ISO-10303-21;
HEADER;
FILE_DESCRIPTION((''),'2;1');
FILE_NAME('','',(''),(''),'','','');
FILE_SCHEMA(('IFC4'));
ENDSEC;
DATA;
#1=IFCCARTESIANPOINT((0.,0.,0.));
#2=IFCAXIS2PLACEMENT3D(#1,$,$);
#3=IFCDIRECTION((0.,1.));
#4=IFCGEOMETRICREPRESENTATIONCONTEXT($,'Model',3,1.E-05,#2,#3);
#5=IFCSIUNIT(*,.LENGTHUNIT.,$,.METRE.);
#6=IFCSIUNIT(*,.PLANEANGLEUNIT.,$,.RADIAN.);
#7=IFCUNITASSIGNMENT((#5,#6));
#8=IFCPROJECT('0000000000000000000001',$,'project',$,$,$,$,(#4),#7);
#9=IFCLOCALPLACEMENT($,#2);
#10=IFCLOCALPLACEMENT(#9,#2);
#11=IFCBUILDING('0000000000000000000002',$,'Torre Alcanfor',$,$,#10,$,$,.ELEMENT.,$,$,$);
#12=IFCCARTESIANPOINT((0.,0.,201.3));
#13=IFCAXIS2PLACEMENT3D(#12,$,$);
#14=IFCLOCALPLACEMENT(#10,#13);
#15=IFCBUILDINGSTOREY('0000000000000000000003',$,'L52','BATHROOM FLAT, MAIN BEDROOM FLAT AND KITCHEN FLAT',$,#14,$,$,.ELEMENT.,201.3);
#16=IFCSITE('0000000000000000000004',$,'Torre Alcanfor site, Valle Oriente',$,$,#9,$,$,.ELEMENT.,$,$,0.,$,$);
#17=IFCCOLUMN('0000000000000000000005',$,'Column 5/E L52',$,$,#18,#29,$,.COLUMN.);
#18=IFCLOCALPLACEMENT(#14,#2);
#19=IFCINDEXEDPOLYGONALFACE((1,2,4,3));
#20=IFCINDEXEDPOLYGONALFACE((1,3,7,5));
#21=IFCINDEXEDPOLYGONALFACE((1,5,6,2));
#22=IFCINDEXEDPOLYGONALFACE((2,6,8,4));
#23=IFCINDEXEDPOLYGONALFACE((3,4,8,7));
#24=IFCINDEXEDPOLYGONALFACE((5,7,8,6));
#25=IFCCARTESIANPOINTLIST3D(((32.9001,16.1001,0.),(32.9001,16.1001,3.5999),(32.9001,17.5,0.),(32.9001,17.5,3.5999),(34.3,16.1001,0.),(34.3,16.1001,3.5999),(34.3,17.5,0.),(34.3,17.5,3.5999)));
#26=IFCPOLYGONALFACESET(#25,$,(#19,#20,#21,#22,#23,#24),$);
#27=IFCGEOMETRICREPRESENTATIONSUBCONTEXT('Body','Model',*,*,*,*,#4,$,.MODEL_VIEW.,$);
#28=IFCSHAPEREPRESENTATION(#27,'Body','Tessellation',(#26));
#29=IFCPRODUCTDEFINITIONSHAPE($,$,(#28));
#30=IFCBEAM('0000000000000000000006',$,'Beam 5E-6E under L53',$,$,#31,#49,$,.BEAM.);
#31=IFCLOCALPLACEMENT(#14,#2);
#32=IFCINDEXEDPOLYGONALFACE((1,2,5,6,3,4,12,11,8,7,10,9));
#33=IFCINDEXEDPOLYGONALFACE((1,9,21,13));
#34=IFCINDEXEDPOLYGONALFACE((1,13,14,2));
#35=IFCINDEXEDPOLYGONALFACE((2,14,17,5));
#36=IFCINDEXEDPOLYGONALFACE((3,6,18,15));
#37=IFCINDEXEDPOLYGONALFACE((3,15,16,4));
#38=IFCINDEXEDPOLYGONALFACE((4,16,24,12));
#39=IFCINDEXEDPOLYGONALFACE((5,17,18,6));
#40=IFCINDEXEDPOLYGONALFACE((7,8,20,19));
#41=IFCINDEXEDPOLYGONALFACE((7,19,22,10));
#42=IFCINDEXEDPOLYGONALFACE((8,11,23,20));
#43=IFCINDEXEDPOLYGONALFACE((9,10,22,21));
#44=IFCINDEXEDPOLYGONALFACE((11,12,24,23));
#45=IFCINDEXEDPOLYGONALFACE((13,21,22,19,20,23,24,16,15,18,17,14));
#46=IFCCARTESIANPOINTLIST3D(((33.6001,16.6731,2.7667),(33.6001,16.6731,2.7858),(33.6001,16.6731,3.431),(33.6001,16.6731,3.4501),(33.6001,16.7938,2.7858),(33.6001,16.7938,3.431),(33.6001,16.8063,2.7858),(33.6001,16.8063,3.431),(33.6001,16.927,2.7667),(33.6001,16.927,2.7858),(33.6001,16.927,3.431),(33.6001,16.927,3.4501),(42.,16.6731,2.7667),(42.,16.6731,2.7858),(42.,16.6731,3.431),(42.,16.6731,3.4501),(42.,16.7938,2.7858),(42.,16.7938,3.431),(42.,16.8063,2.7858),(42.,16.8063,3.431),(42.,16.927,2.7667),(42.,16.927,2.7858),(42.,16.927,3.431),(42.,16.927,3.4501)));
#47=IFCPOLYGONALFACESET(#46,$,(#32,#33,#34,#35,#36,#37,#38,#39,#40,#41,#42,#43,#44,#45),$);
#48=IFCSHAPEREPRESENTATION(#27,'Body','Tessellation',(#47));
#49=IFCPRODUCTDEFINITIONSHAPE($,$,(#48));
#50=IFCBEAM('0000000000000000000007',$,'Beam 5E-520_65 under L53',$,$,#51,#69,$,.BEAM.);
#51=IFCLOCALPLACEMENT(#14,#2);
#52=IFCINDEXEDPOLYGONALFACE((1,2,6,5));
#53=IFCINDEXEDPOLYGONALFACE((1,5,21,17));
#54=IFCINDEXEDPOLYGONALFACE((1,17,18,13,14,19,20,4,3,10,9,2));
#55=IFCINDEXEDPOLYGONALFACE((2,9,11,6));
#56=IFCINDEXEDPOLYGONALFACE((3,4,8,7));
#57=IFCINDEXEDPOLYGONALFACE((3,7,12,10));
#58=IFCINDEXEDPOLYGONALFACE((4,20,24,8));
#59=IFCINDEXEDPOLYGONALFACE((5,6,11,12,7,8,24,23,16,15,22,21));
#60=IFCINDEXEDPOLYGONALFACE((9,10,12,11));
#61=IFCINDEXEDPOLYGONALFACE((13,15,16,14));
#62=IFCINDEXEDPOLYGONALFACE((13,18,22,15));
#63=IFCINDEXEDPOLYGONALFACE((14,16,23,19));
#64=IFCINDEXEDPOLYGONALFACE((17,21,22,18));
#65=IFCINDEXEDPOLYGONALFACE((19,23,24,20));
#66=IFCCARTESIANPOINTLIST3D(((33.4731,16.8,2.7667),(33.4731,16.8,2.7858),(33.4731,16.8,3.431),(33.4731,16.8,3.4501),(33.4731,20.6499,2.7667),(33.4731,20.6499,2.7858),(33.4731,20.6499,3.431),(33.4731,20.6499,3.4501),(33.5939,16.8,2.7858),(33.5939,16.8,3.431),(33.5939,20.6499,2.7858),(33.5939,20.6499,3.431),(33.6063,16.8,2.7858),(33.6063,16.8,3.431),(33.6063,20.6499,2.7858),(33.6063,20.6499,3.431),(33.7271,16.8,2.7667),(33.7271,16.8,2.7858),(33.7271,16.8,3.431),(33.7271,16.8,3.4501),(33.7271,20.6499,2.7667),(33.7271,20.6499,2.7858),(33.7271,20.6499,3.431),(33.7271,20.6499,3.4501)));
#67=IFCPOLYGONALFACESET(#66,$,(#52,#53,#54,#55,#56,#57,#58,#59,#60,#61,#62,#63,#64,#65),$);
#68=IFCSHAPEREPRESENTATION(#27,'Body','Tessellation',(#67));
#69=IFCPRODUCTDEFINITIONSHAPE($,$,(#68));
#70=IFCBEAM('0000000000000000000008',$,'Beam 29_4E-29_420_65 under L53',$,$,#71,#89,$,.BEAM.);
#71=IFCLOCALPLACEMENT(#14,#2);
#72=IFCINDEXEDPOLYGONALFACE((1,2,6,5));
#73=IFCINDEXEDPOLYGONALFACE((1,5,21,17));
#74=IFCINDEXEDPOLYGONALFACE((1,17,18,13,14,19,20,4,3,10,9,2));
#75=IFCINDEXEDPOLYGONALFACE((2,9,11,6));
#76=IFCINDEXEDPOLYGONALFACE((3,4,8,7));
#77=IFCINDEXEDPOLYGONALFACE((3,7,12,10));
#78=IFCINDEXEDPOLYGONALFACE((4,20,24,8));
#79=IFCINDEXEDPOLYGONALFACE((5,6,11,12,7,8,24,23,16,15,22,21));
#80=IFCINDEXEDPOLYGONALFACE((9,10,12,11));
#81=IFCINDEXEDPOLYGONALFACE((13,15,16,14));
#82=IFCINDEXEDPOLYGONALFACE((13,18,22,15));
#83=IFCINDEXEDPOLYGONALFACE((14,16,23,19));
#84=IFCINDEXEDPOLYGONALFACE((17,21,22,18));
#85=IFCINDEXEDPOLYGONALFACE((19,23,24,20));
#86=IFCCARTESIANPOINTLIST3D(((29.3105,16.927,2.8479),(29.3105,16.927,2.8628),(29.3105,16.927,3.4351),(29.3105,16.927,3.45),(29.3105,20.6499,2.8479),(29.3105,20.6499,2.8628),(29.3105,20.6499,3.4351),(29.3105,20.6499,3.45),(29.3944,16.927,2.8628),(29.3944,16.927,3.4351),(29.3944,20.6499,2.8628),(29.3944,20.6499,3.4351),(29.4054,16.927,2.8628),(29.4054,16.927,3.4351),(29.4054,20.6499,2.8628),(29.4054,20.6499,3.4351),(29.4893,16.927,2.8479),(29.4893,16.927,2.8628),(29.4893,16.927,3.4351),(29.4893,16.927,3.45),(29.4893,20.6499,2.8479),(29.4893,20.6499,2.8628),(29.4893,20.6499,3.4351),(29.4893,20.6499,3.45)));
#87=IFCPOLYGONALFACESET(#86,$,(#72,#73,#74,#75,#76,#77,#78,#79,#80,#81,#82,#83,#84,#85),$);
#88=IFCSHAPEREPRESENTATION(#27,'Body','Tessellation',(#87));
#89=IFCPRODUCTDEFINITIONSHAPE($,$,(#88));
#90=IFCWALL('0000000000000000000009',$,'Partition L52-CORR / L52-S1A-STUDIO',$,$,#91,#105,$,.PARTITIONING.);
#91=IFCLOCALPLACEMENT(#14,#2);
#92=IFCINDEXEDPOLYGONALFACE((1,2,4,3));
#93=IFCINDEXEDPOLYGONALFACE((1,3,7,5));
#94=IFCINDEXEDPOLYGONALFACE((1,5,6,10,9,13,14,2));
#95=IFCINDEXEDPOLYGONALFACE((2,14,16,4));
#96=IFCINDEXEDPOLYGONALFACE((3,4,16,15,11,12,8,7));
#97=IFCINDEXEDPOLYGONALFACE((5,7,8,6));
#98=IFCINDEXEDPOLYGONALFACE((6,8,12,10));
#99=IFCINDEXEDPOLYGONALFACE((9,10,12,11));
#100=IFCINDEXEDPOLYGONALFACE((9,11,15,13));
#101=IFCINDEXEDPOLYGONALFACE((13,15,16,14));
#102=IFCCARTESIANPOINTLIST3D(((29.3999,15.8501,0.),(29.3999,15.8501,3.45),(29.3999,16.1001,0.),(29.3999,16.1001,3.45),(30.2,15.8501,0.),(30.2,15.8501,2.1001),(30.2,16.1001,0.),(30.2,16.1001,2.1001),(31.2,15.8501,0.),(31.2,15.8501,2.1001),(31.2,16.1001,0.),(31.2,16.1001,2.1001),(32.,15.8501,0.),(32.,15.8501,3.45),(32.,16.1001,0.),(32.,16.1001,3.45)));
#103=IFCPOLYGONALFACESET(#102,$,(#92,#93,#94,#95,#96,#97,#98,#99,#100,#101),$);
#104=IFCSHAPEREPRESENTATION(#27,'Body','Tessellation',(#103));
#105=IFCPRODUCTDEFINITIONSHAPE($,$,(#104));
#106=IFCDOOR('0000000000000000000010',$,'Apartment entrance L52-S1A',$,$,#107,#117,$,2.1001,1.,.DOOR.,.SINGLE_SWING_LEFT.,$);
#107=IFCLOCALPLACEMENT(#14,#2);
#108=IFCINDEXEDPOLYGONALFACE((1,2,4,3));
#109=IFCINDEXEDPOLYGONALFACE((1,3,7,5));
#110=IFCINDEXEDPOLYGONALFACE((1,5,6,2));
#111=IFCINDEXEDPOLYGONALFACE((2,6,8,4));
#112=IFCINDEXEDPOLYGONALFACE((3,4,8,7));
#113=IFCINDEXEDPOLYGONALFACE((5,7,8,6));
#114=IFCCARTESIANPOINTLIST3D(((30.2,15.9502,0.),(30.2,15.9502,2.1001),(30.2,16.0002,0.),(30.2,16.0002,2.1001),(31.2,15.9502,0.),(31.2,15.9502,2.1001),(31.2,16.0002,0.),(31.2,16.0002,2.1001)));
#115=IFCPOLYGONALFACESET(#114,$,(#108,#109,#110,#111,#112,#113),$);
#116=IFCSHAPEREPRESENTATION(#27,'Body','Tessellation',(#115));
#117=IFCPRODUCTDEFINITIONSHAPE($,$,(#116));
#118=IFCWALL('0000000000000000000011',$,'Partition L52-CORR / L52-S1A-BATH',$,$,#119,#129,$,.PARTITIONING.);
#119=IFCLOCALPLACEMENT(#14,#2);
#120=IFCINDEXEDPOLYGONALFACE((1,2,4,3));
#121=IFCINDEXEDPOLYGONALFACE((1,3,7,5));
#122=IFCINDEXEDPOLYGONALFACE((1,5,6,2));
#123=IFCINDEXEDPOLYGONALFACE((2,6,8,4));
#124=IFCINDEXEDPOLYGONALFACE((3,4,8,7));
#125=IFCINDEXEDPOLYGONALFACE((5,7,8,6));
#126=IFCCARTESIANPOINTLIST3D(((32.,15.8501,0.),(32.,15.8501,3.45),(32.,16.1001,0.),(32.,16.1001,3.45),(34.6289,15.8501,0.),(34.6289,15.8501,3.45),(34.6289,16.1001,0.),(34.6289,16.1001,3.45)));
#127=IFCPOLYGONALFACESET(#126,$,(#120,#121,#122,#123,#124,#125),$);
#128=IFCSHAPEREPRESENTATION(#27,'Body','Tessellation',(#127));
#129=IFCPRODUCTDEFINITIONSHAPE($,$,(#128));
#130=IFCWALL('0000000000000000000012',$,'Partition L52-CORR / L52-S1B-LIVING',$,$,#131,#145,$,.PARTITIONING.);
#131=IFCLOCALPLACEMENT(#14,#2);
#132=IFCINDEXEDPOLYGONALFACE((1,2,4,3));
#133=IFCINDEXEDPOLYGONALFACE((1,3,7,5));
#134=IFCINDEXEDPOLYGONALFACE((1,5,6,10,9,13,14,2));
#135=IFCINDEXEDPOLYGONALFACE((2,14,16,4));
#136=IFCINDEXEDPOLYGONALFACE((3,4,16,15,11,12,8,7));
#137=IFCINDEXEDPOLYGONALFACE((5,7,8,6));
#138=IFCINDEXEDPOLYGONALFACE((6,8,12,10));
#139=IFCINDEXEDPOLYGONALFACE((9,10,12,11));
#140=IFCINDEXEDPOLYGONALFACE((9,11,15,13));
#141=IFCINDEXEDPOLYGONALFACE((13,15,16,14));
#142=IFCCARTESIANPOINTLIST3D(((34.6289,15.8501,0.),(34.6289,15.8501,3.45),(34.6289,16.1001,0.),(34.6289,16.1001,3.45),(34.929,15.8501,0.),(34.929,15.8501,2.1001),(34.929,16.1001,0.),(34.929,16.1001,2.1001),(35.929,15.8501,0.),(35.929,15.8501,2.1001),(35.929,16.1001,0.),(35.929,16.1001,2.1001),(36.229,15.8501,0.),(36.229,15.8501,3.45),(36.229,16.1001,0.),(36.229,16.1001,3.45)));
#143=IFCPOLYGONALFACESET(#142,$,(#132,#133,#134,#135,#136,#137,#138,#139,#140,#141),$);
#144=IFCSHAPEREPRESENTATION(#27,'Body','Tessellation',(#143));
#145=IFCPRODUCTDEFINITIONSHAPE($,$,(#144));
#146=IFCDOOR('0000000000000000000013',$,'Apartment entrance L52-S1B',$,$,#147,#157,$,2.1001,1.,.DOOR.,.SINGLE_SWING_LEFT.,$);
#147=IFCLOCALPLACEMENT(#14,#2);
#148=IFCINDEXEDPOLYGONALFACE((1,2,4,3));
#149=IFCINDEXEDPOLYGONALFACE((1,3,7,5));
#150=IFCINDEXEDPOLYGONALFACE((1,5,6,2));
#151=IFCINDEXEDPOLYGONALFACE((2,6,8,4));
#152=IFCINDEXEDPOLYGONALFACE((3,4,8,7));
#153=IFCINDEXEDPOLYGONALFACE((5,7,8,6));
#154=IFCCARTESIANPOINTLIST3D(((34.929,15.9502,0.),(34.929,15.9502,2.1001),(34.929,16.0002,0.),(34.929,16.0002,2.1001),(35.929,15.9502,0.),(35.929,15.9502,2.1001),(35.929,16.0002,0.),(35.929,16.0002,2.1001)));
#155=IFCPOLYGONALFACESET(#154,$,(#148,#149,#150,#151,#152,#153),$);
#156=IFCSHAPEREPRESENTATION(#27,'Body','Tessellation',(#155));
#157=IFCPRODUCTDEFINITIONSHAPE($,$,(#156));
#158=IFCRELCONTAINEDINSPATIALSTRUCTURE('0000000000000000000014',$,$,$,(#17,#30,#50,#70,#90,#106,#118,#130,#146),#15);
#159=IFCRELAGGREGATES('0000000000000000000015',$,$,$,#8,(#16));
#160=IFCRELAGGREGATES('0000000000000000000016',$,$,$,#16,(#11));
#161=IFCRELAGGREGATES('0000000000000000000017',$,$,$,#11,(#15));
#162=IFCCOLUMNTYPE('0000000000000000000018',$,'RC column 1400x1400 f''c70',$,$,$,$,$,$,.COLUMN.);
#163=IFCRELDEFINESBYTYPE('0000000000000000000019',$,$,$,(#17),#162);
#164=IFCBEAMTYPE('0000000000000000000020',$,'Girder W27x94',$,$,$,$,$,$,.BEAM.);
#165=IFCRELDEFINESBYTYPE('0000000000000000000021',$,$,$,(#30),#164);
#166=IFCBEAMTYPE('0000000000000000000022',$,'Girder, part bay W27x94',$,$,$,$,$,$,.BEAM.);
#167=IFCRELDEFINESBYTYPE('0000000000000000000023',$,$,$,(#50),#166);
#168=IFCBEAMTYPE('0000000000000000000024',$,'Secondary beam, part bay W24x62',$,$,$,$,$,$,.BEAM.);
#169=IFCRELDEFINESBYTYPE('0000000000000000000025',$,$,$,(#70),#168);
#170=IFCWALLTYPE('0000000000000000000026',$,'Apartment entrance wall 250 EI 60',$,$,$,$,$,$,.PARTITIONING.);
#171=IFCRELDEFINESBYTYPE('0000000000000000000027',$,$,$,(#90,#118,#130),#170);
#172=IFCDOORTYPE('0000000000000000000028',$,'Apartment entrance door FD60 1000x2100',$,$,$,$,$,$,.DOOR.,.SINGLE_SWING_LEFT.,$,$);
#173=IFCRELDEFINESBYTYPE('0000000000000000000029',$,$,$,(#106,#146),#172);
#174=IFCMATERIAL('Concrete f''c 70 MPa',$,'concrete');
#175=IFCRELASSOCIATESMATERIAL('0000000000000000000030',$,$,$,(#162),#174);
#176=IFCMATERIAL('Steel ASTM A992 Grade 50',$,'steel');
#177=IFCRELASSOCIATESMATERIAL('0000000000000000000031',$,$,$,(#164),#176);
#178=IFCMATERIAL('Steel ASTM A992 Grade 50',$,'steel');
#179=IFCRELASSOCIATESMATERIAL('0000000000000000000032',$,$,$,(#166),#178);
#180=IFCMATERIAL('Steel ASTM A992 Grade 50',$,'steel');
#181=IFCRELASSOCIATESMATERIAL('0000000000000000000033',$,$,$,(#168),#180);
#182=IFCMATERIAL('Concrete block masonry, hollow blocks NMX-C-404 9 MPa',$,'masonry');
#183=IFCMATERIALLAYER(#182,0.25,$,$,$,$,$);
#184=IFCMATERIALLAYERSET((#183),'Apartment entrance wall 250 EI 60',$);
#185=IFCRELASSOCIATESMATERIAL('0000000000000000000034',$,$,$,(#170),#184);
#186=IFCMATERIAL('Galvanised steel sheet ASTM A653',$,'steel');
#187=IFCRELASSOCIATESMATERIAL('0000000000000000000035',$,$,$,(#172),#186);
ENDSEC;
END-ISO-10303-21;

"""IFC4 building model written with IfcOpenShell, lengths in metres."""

from ifc_helpers import new_model, si_unit, direction, frame, frame_2d, origin, origin_2d, place, context, subcontext, project, spatial, rectangle, i_section, extrude, material, layer, layer_set, material_profile, profile_set, type_object, element, fill, save


model = new_model("IFC4")

# Units and contexts
model_context = context("Model", 3, precision=1e-05, world=origin(), true_north=direction((0.0, 1.0)))
body_context = subcontext(model_context, "Body", "Model", "MODEL_VIEW")
ifc_project = project(units=[si_unit("LENGTHUNIT", "METRE"), si_unit("PLANEANGLEUNIT", "RADIAN")], contexts=[model_context])

# Site, building, storey
site_placement = place(None, origin())
site = spatial("IfcSite", under=ifc_project, at=site_placement, Name="Torre Alcanfor site, Valle Oriente", CompositionType="ELEMENT", RefElevation=0.0)
building_placement = place(site_placement, origin())
building = spatial("IfcBuilding", under=site, at=building_placement, Name="Torre Alcanfor", CompositionType="ELEMENT")
storey_placement = place(building_placement, frame((0.0, 0.0, 201.3)))
storey = spatial("IfcBuildingStorey", under=building, at=storey_placement, Name="L52", Description="BATHROOM FLAT, MAIN BEDROOM FLAT AND KITCHEN FLAT", CompositionType="ELEMENT", Elevation=201.3)

# Column
ifc_material_1 = material(Name="Concrete f'c 70 MPa", Category="concrete")
ifc_material_profile_1 = material_profile(ifc_material_1, rectangle(XDim=1.3999, YDim=1.3999, at=origin_2d()), Name="1400x1400")
ifc_profile_set_1 = profile_set([ifc_material_profile_1], Name="Concrete f'c 70 MPa")
column_type = type_object("IfcColumnType", Name="RC column 1400x1400 f'c70", PredefinedType="COLUMN", material=ifc_profile_set_1)
column_placement = place(storey_placement, frame((33.6001, 16.8, 0.0), z_axis=(0.0, 0.0, 1.0), x_axis=(1.0, 0.0, 0.0)))
element("IfcColumn", 1, at=column_placement, inside=storey, type_object=column_type, Name="Column 5/E L52", PredefinedType="COLUMN", context=body_context, shape_type="SweptSolid", body=[
    extrude(rectangle(XDim=1.3999, YDim=1.3999, at=origin_2d()), origin(), (0.0, 0.0, 1.0), 3.5999),
])

# Beams
ifc_material_2 = material(Name="Steel ASTM A992 Grade 50", Category="steel")
ifc_material_profile_2 = material_profile(ifc_material_2, i_section(OverallWidth=0.2539, OverallDepth=0.6833, WebThickness=0.0125, FlangeThickness=0.019, at=origin_2d()), Name="W27x94")
ifc_profile_set_2 = profile_set([ifc_material_profile_2], Name="Steel ASTM A992 Grade 50")
beam_type_1 = type_object("IfcBeamType", Name="Girder W27x94", PredefinedType="BEAM", material=ifc_profile_set_2)
beam_1_placement = place(storey_placement, frame((33.6001, 16.8, 3.1084), z_axis=(1.0, 0.0, 0.0), x_axis=(0.0, 1.0, 0.0)))
element("IfcBeam", 2, at=beam_1_placement, inside=storey, type_object=beam_type_1, Name="Beam 5E-6E under L53", PredefinedType="BEAM", context=body_context, shape_type="SweptSolid", body=[
    extrude(i_section(OverallWidth=0.2539, OverallDepth=0.6833, WebThickness=0.0125, FlangeThickness=0.019, at=origin_2d()), origin(), (0.0, 0.0, 1.0), 8.3999),
])
ifc_material_3 = material(Name="Steel ASTM A992 Grade 50", Category="steel")
ifc_material_profile_3 = material_profile(ifc_material_3, i_section(OverallWidth=0.2539, OverallDepth=0.6833, WebThickness=0.0125, FlangeThickness=0.019, at=origin_2d()), Name="W27x94")
ifc_profile_set_3 = profile_set([ifc_material_profile_3], Name="Steel ASTM A992 Grade 50")
beam_type_2 = type_object("IfcBeamType", Name="Girder, part bay W27x94", PredefinedType="BEAM", material=ifc_profile_set_3)
beam_2_placement = place(storey_placement, frame((33.6001, 16.8, 3.1084), z_axis=(0.0, 1.0, 0.0), x_axis=(-1.0, 0.0, 0.0)))
element("IfcBeam", 3, at=beam_2_placement, inside=storey, type_object=beam_type_2, Name="Beam 5E-520_65 under L53", PredefinedType="BEAM", context=body_context, shape_type="SweptSolid", body=[
    extrude(i_section(OverallWidth=0.2539, OverallDepth=0.6833, WebThickness=0.0125, FlangeThickness=0.019, at=origin_2d()), origin(), (0.0, 0.0, 1.0), 3.8499),
])
ifc_material_4 = material(Name="Steel ASTM A992 Grade 50", Category="steel")
ifc_material_profile_4 = material_profile(ifc_material_4, i_section(OverallWidth=0.1787, OverallDepth=0.6021, WebThickness=0.011, FlangeThickness=0.0149, at=origin_2d()), Name="W24x62")
ifc_profile_set_4 = profile_set([ifc_material_profile_4], Name="Steel ASTM A992 Grade 50")
beam_type_3 = type_object("IfcBeamType", Name="Secondary beam, part bay W24x62", PredefinedType="BEAM", material=ifc_profile_set_4)
beam_3_placement = place(storey_placement, frame((29.3999, 16.927, 3.1489), z_axis=(0.0, 1.0, 0.0), x_axis=(-1.0, 0.0, 0.0)))
element("IfcBeam", 4, at=beam_3_placement, inside=storey, type_object=beam_type_3, Name="Beam 29_4E-29_420_65 under L53", PredefinedType="BEAM", context=body_context, shape_type="SweptSolid", body=[
    extrude(i_section(OverallWidth=0.1787, OverallDepth=0.6021, WebThickness=0.011, FlangeThickness=0.0149, at=origin_2d()), origin(), (0.0, 0.0, 1.0), 3.7229),
])

# Wall, opening, door
ifc_material_5 = material(Name="Concrete block masonry, hollow blocks NMX-C-404 9 MPa", Category="masonry")
ifc_layer_1 = layer(ifc_material_5, 0.25)
ifc_layer_set_1 = layer_set([ifc_layer_1], Name="Apartment entrance wall 250 EI 60")
wall_type_1 = type_object("IfcWallType", Name="Apartment entrance wall 250 EI 60", PredefinedType="PARTITIONING", material=ifc_layer_set_1)
wall_1_placement = place(storey_placement, frame((32.0, 15.9751, 0.0), z_axis=(0.0, 0.0, 1.0), x_axis=(-1.0, 0.0, 0.0)))
wall_1 = element("IfcWall", 5, at=wall_1_placement, inside=storey, type_object=wall_type_1, Name="Partition L52-CORR / L52-S1A-STUDIO", PredefinedType="PARTITIONING", context=body_context, shape_type="SweptSolid", body=[
    extrude(rectangle(XDim=2.6001, YDim=0.25, at=frame_2d((1.3, 0.0))), origin(), (0.0, 0.0, 1.0), 3.45),
])
opening_1_placement = place(wall_1_placement, frame((0.8, 0.0, 0.0)))
opening_1 = element("IfcOpeningElement", 6, at=opening_1_placement, cuts=wall_1, PredefinedType="OPENING", context=body_context, shape_type="SweptSolid", body=[
    extrude(rectangle(XDim=1.0, YDim=2.1001, at=frame_2d((0.5, 1.05))), frame((0.0, 0.135, 0.0), z_axis=(0.0, -1.0, 0.0), x_axis=(1.0, 0.0, 0.0)), (0.0, 0.0, 1.0), 0.27),
])
ifc_material_6 = material(Name="Galvanised steel sheet ASTM A653", Category="steel")
door_type_1 = type_object("IfcDoorType", Name="Apartment entrance door FD60 1000x2100", OperationType="SINGLE_SWING_LEFT", PredefinedType="DOOR", material=ifc_material_6)
door_1_placement = place(opening_1_placement, origin())
door_1 = element("IfcDoor", 7, at=door_1_placement, inside=storey, type_object=door_type_1, Name="Apartment entrance L52-S1A", OperationType="SINGLE_SWING_LEFT", OverallHeight=2.1001, OverallWidth=1.0, PredefinedType="DOOR", context=body_context, shape_type="SweptSolid", body=[
    extrude(rectangle(XDim=1.0, YDim=2.1001, at=frame_2d((0.5, 1.05))), frame((0.0, 0.0249, 0.0), z_axis=(0.0, -1.0, 0.0), x_axis=(1.0, 0.0, 0.0)), (0.0, 0.0, 1.0), 0.05),
])
fill(opening_1, door_1)

# Wall
wall_2_placement = place(storey_placement, frame((34.6289, 15.9751, 0.0), z_axis=(0.0, 0.0, 1.0), x_axis=(-1.0, 0.0, 0.0)))
element("IfcWall", 8, at=wall_2_placement, inside=storey, type_object=wall_type_1, Name="Partition L52-CORR / L52-S1A-BATH", PredefinedType="PARTITIONING", context=body_context, shape_type="SweptSolid", body=[
    extrude(rectangle(XDim=2.6289, YDim=0.25, at=frame_2d((1.3145, 0.0))), origin(), (0.0, 0.0, 1.0), 3.45),
])

# Wall, opening, door
wall_3_placement = place(storey_placement, frame((36.229, 15.9751, 0.0), z_axis=(0.0, 0.0, 1.0), x_axis=(-1.0, 0.0, 0.0)))
wall_3 = element("IfcWall", 9, at=wall_3_placement, inside=storey, type_object=wall_type_1, Name="Partition L52-CORR / L52-S1B-LIVING", PredefinedType="PARTITIONING", context=body_context, shape_type="SweptSolid", body=[
    extrude(rectangle(XDim=1.6001, YDim=0.25, at=frame_2d((0.8, 0.0))), origin(), (0.0, 0.0, 1.0), 3.45),
])
opening_2_placement = place(wall_3_placement, frame((0.3, 0.0, 0.0)))
opening_2 = element("IfcOpeningElement", 10, at=opening_2_placement, cuts=wall_3, PredefinedType="OPENING", context=body_context, shape_type="SweptSolid", body=[
    extrude(rectangle(XDim=1.0, YDim=2.1001, at=frame_2d((0.5, 1.05))), frame((0.0, 0.135, 0.0), z_axis=(0.0, -1.0, 0.0), x_axis=(1.0, 0.0, 0.0)), (0.0, 0.0, 1.0), 0.27),
])
door_2_placement = place(opening_2_placement, origin())
door_2 = element("IfcDoor", 11, at=door_2_placement, inside=storey, type_object=door_type_1, Name="Apartment entrance L52-S1B", OperationType="SINGLE_SWING_LEFT", OverallHeight=2.1001, OverallWidth=1.0, PredefinedType="DOOR", context=body_context, shape_type="SweptSolid", body=[
    extrude(rectangle(XDim=1.0, YDim=2.1001, at=frame_2d((0.5, 1.05))), frame((0.0, 0.0249, 0.0), z_axis=(0.0, -1.0, 0.0), x_axis=(1.0, 0.0, 0.0)), (0.0, 0.0, 1.0), 0.05),
])
fill(opening_2, door_2)

save(model, "model.ifc")
